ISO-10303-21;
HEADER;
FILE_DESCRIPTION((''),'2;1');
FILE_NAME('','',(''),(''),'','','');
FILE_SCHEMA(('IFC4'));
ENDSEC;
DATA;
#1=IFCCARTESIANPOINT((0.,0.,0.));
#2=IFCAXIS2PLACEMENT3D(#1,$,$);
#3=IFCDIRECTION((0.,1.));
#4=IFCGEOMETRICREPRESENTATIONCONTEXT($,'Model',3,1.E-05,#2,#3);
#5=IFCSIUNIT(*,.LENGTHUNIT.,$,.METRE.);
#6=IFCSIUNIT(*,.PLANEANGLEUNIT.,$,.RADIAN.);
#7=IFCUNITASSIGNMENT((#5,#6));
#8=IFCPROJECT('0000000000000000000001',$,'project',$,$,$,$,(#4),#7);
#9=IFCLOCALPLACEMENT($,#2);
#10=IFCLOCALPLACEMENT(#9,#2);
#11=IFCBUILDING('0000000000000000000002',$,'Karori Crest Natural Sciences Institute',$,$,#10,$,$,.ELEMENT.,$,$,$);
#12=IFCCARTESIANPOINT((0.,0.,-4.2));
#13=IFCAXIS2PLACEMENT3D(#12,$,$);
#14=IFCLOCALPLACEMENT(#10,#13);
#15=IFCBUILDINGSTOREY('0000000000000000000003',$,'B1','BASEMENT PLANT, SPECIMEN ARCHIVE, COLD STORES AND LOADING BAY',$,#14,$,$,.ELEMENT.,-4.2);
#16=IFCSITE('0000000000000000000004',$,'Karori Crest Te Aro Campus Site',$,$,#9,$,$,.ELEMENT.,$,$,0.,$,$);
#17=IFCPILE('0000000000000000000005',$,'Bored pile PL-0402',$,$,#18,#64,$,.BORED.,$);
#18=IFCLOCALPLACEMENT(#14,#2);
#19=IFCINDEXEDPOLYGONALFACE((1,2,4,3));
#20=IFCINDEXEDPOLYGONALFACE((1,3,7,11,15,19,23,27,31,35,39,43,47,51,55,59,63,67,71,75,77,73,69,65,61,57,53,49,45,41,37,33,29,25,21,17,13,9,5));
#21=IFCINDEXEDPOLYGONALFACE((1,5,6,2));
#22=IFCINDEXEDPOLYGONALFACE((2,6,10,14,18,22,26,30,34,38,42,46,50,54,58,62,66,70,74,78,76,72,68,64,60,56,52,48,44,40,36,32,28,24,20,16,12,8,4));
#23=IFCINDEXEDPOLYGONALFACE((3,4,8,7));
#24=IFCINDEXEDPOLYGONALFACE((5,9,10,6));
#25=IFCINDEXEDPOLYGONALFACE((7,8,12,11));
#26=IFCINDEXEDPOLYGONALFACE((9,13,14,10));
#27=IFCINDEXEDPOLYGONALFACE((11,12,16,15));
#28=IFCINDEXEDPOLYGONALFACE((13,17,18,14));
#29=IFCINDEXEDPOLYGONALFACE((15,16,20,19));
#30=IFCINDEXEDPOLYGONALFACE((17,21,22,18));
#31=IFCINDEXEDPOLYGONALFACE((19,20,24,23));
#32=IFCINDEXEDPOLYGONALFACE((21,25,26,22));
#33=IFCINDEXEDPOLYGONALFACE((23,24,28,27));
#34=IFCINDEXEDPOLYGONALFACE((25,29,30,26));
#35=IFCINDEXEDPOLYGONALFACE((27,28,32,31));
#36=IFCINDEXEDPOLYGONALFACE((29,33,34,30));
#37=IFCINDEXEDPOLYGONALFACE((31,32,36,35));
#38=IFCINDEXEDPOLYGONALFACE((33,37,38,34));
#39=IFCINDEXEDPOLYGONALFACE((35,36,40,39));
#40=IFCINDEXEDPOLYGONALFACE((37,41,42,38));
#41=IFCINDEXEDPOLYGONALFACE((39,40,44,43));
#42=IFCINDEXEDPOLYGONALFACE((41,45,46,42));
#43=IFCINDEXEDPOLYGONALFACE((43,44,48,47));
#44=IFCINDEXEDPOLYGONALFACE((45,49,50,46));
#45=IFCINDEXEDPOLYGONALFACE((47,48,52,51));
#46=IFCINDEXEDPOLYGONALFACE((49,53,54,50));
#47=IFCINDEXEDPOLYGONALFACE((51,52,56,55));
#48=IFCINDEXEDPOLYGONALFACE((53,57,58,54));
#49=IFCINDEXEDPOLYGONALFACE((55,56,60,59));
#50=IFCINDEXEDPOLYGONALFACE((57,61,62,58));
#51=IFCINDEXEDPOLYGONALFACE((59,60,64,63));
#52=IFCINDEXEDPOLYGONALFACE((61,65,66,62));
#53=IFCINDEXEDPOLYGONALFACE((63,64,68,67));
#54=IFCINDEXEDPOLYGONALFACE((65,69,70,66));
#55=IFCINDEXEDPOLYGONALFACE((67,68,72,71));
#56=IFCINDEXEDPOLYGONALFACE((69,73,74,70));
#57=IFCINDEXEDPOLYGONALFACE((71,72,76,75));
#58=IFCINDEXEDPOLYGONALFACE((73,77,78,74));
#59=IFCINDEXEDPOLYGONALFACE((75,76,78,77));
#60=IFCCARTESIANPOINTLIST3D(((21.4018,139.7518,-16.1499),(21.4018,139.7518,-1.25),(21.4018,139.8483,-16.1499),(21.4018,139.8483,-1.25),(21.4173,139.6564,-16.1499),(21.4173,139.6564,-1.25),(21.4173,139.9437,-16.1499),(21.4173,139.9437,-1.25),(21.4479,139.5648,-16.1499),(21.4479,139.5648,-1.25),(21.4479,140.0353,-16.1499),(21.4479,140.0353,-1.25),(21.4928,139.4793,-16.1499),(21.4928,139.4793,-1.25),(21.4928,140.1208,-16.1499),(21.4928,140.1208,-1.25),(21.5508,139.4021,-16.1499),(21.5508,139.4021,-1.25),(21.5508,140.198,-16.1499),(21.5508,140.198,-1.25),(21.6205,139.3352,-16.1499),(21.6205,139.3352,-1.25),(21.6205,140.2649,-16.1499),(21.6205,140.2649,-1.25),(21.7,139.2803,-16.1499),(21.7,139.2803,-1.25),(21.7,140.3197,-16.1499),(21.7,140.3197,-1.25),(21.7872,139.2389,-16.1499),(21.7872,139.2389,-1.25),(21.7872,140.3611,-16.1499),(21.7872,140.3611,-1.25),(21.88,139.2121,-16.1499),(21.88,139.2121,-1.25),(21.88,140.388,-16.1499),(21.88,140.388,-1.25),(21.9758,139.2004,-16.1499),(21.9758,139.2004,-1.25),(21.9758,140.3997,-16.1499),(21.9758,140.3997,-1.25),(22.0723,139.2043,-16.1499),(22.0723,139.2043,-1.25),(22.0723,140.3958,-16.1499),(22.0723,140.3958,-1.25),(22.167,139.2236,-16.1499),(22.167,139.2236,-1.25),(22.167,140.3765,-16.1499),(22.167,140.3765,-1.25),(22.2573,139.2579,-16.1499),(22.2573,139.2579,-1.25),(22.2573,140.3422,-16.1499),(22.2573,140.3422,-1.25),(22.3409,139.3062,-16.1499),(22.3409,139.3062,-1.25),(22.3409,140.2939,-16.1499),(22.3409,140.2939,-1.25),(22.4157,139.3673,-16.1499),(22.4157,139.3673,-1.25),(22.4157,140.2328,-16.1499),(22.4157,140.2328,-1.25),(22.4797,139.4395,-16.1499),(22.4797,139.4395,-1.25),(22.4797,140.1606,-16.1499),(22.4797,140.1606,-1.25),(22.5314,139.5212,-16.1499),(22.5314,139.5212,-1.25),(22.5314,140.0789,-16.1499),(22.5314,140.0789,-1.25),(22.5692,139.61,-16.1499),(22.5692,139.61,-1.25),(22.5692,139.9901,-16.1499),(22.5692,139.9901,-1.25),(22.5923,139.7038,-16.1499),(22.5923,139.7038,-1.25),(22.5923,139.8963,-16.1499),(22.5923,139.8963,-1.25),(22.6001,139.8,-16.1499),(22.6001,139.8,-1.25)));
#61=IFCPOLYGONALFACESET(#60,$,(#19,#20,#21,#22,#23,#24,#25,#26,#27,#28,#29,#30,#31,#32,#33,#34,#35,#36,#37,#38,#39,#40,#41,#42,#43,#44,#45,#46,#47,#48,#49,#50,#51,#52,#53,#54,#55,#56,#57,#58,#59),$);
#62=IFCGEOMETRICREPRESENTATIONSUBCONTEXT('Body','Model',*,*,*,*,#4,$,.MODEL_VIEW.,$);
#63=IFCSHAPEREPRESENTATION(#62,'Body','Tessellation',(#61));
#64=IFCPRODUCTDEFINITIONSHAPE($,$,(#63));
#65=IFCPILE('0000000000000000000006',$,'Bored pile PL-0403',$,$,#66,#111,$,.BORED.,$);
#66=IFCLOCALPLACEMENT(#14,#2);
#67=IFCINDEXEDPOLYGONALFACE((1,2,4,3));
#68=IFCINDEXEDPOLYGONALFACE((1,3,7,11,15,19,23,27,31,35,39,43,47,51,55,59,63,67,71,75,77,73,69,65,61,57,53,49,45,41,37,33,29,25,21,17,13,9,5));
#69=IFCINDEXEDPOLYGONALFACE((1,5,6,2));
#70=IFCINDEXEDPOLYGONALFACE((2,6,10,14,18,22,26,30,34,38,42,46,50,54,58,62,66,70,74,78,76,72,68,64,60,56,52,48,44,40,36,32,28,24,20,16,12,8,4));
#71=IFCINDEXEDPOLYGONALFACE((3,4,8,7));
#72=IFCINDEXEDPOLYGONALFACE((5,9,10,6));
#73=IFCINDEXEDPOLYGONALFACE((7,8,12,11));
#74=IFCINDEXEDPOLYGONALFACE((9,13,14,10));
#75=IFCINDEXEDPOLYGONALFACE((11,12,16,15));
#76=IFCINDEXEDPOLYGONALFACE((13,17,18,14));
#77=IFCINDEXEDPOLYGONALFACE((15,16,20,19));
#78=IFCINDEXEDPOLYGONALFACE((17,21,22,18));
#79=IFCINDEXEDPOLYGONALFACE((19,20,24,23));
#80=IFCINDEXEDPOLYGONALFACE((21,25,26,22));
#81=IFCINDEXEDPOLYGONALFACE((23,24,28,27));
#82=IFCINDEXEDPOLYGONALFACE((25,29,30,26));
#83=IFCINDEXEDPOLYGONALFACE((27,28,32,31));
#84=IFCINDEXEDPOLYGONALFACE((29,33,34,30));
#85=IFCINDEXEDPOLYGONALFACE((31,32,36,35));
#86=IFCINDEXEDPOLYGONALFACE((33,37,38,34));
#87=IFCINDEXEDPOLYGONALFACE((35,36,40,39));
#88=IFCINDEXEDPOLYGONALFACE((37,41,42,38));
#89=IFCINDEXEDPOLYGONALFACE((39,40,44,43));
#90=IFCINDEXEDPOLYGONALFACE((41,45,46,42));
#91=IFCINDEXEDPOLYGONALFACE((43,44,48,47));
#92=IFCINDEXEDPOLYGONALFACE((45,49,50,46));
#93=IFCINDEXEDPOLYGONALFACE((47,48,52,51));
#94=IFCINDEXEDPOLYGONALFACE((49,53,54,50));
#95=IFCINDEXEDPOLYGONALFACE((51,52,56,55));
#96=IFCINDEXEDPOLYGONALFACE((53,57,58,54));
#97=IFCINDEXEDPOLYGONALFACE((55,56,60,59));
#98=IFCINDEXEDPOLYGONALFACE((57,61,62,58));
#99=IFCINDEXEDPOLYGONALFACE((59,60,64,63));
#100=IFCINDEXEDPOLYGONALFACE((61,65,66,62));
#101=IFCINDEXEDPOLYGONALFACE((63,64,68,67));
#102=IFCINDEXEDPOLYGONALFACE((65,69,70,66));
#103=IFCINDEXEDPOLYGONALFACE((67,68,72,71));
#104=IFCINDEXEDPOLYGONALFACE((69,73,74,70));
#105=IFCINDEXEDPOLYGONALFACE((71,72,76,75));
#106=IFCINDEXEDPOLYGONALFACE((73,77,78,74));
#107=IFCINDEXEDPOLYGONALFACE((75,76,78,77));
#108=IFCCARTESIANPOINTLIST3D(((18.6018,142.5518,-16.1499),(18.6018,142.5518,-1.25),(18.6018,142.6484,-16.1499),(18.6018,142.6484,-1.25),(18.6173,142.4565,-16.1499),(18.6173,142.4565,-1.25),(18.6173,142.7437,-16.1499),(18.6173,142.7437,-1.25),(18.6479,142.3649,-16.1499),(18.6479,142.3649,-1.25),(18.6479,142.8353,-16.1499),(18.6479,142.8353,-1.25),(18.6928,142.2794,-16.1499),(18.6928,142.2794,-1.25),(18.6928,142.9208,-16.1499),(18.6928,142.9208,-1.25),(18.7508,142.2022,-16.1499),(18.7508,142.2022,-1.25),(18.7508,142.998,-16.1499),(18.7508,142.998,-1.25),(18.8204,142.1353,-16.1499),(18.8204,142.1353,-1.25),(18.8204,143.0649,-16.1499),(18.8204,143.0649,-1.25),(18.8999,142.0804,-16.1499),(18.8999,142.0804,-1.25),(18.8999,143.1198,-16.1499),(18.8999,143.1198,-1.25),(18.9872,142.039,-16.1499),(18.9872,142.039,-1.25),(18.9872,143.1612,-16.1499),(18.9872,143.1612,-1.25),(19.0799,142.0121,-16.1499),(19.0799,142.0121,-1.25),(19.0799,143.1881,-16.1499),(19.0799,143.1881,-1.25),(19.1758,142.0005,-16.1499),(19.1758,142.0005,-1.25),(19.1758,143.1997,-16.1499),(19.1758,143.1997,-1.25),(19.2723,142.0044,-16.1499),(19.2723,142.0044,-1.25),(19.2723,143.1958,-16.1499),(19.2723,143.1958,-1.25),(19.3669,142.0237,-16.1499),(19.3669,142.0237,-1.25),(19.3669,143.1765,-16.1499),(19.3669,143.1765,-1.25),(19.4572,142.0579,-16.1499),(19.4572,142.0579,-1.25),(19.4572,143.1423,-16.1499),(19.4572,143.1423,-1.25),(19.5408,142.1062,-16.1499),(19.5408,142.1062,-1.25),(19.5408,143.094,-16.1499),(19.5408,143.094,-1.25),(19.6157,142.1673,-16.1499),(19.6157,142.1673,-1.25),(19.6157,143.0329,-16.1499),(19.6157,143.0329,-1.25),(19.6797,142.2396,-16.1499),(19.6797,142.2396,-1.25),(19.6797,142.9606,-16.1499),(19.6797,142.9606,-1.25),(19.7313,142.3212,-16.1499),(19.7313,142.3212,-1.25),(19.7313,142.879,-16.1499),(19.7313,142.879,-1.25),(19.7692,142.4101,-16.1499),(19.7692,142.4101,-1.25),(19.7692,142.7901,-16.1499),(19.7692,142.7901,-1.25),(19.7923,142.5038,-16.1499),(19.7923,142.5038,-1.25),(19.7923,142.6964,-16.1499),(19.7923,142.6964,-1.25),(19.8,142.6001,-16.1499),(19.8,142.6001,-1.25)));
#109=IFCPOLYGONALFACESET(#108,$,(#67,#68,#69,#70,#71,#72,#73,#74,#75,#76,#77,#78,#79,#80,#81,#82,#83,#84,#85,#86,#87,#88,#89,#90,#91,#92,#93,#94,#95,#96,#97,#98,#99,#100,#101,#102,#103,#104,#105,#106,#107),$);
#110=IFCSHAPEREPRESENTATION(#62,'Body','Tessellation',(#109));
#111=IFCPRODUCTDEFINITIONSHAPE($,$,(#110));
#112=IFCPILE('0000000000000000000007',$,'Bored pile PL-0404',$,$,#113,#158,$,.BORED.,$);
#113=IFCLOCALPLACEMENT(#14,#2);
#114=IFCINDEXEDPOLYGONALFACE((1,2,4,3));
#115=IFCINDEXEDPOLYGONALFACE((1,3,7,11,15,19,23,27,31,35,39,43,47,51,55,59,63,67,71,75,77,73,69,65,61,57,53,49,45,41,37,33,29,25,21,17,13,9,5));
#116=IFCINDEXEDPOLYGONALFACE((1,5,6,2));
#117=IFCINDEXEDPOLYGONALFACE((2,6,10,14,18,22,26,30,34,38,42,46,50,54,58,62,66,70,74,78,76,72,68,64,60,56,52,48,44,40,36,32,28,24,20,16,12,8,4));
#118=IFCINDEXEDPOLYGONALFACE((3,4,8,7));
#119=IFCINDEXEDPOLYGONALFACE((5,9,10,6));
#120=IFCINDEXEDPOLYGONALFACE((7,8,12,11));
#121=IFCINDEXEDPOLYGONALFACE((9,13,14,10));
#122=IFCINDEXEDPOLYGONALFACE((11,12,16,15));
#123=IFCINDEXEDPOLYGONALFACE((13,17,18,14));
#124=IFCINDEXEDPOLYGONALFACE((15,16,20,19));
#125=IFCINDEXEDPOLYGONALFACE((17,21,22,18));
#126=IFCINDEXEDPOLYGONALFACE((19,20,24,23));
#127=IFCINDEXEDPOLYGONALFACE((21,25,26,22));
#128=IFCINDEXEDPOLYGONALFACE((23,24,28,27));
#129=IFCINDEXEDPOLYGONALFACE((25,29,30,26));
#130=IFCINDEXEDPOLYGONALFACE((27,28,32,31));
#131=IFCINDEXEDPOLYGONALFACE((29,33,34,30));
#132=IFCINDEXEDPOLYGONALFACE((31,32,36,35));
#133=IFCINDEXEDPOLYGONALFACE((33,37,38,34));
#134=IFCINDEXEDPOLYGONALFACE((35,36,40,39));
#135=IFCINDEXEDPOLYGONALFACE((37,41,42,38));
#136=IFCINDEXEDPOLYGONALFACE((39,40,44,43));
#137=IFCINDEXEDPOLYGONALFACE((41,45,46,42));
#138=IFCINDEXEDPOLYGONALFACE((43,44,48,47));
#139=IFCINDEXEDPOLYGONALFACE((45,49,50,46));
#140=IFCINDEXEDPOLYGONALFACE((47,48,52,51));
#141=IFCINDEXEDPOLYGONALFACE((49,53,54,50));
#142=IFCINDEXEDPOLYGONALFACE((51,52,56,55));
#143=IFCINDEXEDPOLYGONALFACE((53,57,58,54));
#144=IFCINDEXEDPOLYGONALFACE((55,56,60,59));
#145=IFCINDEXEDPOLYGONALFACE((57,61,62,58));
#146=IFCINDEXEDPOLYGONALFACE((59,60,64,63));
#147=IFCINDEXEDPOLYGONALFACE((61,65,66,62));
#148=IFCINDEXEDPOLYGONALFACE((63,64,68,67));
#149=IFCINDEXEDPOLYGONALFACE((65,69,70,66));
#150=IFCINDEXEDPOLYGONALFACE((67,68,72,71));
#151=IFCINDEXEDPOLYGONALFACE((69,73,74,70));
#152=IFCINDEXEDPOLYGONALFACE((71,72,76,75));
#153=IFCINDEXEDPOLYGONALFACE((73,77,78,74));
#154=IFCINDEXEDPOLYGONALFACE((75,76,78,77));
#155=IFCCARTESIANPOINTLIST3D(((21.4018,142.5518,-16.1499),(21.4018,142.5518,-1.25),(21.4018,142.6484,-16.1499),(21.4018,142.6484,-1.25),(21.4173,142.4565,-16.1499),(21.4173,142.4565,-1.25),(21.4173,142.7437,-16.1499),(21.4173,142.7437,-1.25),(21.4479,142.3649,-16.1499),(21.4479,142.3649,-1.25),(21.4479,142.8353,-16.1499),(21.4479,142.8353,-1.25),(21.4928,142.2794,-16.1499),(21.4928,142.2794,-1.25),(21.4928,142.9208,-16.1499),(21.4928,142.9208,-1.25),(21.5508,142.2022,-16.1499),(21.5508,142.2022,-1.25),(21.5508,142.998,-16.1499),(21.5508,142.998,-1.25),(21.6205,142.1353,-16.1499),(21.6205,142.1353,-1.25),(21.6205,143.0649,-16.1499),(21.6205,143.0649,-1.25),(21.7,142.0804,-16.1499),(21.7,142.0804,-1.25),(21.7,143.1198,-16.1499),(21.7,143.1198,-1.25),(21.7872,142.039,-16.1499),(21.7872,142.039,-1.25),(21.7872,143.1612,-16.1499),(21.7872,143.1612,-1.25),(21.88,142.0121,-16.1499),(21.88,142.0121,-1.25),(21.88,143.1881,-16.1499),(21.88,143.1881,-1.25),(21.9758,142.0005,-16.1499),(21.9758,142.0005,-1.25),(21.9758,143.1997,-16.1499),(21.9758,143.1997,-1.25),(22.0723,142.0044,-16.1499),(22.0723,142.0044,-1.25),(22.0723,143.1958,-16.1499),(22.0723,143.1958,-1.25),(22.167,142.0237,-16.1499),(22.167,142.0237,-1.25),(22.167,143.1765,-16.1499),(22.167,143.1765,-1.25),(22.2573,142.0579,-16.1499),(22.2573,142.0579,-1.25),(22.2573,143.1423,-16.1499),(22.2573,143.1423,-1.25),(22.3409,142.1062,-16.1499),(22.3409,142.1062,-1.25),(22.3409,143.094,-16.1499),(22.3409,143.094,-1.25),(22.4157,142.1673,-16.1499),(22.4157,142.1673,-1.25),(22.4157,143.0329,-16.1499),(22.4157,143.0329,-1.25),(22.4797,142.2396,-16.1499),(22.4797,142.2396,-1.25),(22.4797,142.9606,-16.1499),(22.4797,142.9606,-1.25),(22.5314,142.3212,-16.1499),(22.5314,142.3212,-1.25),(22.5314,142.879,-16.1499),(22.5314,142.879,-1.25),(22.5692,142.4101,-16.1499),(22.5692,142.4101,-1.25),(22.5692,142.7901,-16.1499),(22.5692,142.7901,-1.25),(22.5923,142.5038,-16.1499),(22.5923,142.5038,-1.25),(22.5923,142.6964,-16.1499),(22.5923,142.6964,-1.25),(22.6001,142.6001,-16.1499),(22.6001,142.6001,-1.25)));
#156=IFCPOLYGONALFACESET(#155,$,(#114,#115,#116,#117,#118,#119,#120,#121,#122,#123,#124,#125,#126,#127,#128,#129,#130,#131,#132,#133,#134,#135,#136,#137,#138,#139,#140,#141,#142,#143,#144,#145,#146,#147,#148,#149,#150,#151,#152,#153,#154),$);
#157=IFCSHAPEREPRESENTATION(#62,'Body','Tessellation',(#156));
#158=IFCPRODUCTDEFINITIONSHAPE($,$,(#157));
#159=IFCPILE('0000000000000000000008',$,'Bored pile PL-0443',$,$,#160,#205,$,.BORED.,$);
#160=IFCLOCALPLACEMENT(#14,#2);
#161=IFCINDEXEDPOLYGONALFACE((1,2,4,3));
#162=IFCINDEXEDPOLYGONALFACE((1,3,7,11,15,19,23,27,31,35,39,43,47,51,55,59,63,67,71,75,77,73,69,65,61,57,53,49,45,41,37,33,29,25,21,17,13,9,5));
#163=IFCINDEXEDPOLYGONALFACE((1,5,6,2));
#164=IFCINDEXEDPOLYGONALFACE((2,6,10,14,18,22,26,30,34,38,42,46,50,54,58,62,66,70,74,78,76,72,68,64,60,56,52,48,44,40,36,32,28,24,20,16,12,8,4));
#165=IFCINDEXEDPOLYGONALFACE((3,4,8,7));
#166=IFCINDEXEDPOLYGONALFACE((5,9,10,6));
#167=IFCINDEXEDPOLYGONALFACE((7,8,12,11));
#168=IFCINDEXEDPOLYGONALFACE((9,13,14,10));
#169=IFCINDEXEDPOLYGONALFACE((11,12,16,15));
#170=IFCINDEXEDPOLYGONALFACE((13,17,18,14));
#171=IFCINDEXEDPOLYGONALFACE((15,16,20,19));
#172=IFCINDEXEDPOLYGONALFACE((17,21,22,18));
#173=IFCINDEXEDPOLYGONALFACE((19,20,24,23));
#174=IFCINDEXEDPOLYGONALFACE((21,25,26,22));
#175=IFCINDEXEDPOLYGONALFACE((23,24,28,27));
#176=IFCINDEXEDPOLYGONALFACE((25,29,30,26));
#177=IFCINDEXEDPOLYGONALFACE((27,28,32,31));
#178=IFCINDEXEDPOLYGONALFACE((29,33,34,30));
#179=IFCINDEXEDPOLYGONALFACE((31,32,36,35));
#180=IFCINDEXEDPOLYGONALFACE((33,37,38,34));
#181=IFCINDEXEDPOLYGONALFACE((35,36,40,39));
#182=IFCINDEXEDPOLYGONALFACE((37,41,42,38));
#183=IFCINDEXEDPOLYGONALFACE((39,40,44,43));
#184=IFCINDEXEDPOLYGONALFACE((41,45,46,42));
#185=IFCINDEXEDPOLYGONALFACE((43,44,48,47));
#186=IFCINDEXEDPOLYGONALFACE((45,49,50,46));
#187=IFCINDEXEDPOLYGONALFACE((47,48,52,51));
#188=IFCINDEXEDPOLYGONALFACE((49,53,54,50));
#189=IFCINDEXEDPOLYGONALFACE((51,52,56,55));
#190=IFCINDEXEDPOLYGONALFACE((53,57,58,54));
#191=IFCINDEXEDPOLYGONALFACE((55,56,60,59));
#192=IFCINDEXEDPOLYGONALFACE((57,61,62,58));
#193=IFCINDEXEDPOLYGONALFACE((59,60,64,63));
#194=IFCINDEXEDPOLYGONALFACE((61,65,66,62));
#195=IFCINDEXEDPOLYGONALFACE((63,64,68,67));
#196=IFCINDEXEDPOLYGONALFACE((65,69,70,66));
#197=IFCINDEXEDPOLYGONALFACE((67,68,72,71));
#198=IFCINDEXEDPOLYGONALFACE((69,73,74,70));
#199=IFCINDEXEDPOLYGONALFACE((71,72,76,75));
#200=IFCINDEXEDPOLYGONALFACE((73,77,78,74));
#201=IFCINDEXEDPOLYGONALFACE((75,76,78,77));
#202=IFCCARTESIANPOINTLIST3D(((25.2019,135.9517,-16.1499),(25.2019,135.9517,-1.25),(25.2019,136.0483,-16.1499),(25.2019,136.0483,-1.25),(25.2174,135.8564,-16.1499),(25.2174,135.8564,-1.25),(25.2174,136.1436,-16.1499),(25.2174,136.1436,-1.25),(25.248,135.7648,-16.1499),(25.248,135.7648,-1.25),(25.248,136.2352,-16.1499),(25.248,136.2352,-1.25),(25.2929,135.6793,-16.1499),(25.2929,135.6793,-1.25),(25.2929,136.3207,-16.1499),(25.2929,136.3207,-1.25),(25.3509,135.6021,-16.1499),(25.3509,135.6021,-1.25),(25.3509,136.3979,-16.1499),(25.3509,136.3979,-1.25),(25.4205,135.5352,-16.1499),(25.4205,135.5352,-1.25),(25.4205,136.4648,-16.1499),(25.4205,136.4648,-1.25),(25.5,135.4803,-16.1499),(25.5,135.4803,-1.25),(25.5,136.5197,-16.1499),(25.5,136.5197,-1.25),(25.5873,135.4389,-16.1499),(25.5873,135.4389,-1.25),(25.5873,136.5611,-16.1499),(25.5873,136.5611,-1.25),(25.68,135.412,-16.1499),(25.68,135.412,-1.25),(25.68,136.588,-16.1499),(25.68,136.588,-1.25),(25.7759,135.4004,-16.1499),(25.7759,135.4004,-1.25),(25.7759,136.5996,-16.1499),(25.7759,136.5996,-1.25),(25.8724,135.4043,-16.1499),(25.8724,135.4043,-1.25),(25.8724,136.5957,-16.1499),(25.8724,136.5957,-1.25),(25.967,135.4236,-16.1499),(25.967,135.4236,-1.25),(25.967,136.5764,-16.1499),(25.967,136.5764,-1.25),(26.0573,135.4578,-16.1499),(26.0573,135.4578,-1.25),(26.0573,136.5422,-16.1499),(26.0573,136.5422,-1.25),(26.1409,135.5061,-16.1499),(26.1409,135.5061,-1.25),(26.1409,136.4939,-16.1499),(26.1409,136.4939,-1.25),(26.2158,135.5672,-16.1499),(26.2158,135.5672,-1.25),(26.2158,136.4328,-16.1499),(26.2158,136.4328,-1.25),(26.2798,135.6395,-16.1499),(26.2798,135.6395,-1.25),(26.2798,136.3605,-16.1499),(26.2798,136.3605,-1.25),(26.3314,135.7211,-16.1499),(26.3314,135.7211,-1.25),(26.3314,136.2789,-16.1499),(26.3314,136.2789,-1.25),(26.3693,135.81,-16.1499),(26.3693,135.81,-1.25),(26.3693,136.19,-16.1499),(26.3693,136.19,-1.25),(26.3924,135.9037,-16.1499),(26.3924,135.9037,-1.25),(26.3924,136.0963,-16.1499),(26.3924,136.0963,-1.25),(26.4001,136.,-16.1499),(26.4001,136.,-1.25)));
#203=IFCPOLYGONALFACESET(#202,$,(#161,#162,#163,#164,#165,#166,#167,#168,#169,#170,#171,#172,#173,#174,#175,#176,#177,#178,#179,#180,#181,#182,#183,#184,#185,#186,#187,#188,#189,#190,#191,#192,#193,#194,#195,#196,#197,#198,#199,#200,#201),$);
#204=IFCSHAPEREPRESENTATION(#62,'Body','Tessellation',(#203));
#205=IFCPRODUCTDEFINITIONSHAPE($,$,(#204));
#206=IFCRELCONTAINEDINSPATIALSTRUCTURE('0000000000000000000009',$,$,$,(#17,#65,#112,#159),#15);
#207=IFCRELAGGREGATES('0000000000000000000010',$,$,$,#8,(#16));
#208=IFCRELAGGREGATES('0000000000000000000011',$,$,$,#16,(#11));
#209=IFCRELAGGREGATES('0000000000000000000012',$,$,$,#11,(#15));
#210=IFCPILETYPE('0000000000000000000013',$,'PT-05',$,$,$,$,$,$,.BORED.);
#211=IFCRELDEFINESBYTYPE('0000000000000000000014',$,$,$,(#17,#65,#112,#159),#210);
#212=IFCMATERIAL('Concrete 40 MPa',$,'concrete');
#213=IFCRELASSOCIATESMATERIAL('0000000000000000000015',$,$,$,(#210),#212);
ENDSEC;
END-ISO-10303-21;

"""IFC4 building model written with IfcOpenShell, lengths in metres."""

from ifc_helpers import new_model, si_unit, direction, frame, origin, origin_2d, place, context, subcontext, project, spatial, circle, extrude, material, material_profile, profile_set, type_object, element, save


model = new_model("IFC4")

# Units and contexts
model_context = context("Model", 3, precision=1e-05, world=origin(), true_north=direction((0.0, 1.0)))
body_context = subcontext(model_context, "Body", "Model", "MODEL_VIEW")
ifc_project = project(units=[si_unit("LENGTHUNIT", "METRE"), si_unit("PLANEANGLEUNIT", "RADIAN")], contexts=[model_context])

# Site, building, storey
site_placement = place(None, origin())
site = spatial("IfcSite", under=ifc_project, at=site_placement, Name="Karori Crest Te Aro Campus Site", CompositionType="ELEMENT", RefElevation=0.0)
building_placement = place(site_placement, origin())
building = spatial("IfcBuilding", under=site, at=building_placement, Name="Karori Crest Natural Sciences Institute", CompositionType="ELEMENT")
storey_placement = place(building_placement, frame((0.0, 0.0, -4.2)))
storey = spatial("IfcBuildingStorey", under=building, at=storey_placement, Name="B1", Description="BASEMENT PLANT, SPECIMEN ARCHIVE, COLD STORES AND LOADING BAY", CompositionType="ELEMENT", Elevation=-4.2)

# Shared definitions
ifc_material_1 = material(Name="Concrete 40 MPa", Category="concrete")

# Piles
ifc_material_profile_1 = material_profile(ifc_material_1, circle(Radius=0.6001, at=origin_2d()), Name="PILE1200")
ifc_profile_set_1 = profile_set([ifc_material_profile_1], Name="Concrete 40 MPa")
pile_type = type_object("IfcPileType", Name="PT-05", PredefinedType="BORED", material=ifc_profile_set_1)
for number, where, z_axis, x_axis, name in (
    (1, (22.0, 139.8, -1.25), (0.0, 0.0, -1.0), (1.0, 0.0, 0.0), "Bored pile PL-0402"),
    (2, (19.2, 142.6001, -1.25), (0.0, 0.0, -1.0), (1.0, 0.0, 0.0), "Bored pile PL-0403"),
    (3, (22.0, 142.6001, -1.25), (0.0, 0.0, -1.0), (1.0, 0.0, 0.0), "Bored pile PL-0404"),
    (4, (25.8, 136.0, -1.25), (0.0, 0.0, -1.0), (1.0, 0.0, 0.0), "Bored pile PL-0443"),
):
    element("IfcPile", number, at=place(storey_placement, frame(where, z_axis=z_axis, x_axis=x_axis)), inside=storey, type_object=pile_type, Name=name, PredefinedType="BORED", context=body_context, shape_type="SweptSolid", body=[
        extrude(circle(Radius=0.6001, at=origin_2d()), origin(), (0.0, 0.0, 1.0), 14.8999),
    ])

save(model, "model.ifc")
